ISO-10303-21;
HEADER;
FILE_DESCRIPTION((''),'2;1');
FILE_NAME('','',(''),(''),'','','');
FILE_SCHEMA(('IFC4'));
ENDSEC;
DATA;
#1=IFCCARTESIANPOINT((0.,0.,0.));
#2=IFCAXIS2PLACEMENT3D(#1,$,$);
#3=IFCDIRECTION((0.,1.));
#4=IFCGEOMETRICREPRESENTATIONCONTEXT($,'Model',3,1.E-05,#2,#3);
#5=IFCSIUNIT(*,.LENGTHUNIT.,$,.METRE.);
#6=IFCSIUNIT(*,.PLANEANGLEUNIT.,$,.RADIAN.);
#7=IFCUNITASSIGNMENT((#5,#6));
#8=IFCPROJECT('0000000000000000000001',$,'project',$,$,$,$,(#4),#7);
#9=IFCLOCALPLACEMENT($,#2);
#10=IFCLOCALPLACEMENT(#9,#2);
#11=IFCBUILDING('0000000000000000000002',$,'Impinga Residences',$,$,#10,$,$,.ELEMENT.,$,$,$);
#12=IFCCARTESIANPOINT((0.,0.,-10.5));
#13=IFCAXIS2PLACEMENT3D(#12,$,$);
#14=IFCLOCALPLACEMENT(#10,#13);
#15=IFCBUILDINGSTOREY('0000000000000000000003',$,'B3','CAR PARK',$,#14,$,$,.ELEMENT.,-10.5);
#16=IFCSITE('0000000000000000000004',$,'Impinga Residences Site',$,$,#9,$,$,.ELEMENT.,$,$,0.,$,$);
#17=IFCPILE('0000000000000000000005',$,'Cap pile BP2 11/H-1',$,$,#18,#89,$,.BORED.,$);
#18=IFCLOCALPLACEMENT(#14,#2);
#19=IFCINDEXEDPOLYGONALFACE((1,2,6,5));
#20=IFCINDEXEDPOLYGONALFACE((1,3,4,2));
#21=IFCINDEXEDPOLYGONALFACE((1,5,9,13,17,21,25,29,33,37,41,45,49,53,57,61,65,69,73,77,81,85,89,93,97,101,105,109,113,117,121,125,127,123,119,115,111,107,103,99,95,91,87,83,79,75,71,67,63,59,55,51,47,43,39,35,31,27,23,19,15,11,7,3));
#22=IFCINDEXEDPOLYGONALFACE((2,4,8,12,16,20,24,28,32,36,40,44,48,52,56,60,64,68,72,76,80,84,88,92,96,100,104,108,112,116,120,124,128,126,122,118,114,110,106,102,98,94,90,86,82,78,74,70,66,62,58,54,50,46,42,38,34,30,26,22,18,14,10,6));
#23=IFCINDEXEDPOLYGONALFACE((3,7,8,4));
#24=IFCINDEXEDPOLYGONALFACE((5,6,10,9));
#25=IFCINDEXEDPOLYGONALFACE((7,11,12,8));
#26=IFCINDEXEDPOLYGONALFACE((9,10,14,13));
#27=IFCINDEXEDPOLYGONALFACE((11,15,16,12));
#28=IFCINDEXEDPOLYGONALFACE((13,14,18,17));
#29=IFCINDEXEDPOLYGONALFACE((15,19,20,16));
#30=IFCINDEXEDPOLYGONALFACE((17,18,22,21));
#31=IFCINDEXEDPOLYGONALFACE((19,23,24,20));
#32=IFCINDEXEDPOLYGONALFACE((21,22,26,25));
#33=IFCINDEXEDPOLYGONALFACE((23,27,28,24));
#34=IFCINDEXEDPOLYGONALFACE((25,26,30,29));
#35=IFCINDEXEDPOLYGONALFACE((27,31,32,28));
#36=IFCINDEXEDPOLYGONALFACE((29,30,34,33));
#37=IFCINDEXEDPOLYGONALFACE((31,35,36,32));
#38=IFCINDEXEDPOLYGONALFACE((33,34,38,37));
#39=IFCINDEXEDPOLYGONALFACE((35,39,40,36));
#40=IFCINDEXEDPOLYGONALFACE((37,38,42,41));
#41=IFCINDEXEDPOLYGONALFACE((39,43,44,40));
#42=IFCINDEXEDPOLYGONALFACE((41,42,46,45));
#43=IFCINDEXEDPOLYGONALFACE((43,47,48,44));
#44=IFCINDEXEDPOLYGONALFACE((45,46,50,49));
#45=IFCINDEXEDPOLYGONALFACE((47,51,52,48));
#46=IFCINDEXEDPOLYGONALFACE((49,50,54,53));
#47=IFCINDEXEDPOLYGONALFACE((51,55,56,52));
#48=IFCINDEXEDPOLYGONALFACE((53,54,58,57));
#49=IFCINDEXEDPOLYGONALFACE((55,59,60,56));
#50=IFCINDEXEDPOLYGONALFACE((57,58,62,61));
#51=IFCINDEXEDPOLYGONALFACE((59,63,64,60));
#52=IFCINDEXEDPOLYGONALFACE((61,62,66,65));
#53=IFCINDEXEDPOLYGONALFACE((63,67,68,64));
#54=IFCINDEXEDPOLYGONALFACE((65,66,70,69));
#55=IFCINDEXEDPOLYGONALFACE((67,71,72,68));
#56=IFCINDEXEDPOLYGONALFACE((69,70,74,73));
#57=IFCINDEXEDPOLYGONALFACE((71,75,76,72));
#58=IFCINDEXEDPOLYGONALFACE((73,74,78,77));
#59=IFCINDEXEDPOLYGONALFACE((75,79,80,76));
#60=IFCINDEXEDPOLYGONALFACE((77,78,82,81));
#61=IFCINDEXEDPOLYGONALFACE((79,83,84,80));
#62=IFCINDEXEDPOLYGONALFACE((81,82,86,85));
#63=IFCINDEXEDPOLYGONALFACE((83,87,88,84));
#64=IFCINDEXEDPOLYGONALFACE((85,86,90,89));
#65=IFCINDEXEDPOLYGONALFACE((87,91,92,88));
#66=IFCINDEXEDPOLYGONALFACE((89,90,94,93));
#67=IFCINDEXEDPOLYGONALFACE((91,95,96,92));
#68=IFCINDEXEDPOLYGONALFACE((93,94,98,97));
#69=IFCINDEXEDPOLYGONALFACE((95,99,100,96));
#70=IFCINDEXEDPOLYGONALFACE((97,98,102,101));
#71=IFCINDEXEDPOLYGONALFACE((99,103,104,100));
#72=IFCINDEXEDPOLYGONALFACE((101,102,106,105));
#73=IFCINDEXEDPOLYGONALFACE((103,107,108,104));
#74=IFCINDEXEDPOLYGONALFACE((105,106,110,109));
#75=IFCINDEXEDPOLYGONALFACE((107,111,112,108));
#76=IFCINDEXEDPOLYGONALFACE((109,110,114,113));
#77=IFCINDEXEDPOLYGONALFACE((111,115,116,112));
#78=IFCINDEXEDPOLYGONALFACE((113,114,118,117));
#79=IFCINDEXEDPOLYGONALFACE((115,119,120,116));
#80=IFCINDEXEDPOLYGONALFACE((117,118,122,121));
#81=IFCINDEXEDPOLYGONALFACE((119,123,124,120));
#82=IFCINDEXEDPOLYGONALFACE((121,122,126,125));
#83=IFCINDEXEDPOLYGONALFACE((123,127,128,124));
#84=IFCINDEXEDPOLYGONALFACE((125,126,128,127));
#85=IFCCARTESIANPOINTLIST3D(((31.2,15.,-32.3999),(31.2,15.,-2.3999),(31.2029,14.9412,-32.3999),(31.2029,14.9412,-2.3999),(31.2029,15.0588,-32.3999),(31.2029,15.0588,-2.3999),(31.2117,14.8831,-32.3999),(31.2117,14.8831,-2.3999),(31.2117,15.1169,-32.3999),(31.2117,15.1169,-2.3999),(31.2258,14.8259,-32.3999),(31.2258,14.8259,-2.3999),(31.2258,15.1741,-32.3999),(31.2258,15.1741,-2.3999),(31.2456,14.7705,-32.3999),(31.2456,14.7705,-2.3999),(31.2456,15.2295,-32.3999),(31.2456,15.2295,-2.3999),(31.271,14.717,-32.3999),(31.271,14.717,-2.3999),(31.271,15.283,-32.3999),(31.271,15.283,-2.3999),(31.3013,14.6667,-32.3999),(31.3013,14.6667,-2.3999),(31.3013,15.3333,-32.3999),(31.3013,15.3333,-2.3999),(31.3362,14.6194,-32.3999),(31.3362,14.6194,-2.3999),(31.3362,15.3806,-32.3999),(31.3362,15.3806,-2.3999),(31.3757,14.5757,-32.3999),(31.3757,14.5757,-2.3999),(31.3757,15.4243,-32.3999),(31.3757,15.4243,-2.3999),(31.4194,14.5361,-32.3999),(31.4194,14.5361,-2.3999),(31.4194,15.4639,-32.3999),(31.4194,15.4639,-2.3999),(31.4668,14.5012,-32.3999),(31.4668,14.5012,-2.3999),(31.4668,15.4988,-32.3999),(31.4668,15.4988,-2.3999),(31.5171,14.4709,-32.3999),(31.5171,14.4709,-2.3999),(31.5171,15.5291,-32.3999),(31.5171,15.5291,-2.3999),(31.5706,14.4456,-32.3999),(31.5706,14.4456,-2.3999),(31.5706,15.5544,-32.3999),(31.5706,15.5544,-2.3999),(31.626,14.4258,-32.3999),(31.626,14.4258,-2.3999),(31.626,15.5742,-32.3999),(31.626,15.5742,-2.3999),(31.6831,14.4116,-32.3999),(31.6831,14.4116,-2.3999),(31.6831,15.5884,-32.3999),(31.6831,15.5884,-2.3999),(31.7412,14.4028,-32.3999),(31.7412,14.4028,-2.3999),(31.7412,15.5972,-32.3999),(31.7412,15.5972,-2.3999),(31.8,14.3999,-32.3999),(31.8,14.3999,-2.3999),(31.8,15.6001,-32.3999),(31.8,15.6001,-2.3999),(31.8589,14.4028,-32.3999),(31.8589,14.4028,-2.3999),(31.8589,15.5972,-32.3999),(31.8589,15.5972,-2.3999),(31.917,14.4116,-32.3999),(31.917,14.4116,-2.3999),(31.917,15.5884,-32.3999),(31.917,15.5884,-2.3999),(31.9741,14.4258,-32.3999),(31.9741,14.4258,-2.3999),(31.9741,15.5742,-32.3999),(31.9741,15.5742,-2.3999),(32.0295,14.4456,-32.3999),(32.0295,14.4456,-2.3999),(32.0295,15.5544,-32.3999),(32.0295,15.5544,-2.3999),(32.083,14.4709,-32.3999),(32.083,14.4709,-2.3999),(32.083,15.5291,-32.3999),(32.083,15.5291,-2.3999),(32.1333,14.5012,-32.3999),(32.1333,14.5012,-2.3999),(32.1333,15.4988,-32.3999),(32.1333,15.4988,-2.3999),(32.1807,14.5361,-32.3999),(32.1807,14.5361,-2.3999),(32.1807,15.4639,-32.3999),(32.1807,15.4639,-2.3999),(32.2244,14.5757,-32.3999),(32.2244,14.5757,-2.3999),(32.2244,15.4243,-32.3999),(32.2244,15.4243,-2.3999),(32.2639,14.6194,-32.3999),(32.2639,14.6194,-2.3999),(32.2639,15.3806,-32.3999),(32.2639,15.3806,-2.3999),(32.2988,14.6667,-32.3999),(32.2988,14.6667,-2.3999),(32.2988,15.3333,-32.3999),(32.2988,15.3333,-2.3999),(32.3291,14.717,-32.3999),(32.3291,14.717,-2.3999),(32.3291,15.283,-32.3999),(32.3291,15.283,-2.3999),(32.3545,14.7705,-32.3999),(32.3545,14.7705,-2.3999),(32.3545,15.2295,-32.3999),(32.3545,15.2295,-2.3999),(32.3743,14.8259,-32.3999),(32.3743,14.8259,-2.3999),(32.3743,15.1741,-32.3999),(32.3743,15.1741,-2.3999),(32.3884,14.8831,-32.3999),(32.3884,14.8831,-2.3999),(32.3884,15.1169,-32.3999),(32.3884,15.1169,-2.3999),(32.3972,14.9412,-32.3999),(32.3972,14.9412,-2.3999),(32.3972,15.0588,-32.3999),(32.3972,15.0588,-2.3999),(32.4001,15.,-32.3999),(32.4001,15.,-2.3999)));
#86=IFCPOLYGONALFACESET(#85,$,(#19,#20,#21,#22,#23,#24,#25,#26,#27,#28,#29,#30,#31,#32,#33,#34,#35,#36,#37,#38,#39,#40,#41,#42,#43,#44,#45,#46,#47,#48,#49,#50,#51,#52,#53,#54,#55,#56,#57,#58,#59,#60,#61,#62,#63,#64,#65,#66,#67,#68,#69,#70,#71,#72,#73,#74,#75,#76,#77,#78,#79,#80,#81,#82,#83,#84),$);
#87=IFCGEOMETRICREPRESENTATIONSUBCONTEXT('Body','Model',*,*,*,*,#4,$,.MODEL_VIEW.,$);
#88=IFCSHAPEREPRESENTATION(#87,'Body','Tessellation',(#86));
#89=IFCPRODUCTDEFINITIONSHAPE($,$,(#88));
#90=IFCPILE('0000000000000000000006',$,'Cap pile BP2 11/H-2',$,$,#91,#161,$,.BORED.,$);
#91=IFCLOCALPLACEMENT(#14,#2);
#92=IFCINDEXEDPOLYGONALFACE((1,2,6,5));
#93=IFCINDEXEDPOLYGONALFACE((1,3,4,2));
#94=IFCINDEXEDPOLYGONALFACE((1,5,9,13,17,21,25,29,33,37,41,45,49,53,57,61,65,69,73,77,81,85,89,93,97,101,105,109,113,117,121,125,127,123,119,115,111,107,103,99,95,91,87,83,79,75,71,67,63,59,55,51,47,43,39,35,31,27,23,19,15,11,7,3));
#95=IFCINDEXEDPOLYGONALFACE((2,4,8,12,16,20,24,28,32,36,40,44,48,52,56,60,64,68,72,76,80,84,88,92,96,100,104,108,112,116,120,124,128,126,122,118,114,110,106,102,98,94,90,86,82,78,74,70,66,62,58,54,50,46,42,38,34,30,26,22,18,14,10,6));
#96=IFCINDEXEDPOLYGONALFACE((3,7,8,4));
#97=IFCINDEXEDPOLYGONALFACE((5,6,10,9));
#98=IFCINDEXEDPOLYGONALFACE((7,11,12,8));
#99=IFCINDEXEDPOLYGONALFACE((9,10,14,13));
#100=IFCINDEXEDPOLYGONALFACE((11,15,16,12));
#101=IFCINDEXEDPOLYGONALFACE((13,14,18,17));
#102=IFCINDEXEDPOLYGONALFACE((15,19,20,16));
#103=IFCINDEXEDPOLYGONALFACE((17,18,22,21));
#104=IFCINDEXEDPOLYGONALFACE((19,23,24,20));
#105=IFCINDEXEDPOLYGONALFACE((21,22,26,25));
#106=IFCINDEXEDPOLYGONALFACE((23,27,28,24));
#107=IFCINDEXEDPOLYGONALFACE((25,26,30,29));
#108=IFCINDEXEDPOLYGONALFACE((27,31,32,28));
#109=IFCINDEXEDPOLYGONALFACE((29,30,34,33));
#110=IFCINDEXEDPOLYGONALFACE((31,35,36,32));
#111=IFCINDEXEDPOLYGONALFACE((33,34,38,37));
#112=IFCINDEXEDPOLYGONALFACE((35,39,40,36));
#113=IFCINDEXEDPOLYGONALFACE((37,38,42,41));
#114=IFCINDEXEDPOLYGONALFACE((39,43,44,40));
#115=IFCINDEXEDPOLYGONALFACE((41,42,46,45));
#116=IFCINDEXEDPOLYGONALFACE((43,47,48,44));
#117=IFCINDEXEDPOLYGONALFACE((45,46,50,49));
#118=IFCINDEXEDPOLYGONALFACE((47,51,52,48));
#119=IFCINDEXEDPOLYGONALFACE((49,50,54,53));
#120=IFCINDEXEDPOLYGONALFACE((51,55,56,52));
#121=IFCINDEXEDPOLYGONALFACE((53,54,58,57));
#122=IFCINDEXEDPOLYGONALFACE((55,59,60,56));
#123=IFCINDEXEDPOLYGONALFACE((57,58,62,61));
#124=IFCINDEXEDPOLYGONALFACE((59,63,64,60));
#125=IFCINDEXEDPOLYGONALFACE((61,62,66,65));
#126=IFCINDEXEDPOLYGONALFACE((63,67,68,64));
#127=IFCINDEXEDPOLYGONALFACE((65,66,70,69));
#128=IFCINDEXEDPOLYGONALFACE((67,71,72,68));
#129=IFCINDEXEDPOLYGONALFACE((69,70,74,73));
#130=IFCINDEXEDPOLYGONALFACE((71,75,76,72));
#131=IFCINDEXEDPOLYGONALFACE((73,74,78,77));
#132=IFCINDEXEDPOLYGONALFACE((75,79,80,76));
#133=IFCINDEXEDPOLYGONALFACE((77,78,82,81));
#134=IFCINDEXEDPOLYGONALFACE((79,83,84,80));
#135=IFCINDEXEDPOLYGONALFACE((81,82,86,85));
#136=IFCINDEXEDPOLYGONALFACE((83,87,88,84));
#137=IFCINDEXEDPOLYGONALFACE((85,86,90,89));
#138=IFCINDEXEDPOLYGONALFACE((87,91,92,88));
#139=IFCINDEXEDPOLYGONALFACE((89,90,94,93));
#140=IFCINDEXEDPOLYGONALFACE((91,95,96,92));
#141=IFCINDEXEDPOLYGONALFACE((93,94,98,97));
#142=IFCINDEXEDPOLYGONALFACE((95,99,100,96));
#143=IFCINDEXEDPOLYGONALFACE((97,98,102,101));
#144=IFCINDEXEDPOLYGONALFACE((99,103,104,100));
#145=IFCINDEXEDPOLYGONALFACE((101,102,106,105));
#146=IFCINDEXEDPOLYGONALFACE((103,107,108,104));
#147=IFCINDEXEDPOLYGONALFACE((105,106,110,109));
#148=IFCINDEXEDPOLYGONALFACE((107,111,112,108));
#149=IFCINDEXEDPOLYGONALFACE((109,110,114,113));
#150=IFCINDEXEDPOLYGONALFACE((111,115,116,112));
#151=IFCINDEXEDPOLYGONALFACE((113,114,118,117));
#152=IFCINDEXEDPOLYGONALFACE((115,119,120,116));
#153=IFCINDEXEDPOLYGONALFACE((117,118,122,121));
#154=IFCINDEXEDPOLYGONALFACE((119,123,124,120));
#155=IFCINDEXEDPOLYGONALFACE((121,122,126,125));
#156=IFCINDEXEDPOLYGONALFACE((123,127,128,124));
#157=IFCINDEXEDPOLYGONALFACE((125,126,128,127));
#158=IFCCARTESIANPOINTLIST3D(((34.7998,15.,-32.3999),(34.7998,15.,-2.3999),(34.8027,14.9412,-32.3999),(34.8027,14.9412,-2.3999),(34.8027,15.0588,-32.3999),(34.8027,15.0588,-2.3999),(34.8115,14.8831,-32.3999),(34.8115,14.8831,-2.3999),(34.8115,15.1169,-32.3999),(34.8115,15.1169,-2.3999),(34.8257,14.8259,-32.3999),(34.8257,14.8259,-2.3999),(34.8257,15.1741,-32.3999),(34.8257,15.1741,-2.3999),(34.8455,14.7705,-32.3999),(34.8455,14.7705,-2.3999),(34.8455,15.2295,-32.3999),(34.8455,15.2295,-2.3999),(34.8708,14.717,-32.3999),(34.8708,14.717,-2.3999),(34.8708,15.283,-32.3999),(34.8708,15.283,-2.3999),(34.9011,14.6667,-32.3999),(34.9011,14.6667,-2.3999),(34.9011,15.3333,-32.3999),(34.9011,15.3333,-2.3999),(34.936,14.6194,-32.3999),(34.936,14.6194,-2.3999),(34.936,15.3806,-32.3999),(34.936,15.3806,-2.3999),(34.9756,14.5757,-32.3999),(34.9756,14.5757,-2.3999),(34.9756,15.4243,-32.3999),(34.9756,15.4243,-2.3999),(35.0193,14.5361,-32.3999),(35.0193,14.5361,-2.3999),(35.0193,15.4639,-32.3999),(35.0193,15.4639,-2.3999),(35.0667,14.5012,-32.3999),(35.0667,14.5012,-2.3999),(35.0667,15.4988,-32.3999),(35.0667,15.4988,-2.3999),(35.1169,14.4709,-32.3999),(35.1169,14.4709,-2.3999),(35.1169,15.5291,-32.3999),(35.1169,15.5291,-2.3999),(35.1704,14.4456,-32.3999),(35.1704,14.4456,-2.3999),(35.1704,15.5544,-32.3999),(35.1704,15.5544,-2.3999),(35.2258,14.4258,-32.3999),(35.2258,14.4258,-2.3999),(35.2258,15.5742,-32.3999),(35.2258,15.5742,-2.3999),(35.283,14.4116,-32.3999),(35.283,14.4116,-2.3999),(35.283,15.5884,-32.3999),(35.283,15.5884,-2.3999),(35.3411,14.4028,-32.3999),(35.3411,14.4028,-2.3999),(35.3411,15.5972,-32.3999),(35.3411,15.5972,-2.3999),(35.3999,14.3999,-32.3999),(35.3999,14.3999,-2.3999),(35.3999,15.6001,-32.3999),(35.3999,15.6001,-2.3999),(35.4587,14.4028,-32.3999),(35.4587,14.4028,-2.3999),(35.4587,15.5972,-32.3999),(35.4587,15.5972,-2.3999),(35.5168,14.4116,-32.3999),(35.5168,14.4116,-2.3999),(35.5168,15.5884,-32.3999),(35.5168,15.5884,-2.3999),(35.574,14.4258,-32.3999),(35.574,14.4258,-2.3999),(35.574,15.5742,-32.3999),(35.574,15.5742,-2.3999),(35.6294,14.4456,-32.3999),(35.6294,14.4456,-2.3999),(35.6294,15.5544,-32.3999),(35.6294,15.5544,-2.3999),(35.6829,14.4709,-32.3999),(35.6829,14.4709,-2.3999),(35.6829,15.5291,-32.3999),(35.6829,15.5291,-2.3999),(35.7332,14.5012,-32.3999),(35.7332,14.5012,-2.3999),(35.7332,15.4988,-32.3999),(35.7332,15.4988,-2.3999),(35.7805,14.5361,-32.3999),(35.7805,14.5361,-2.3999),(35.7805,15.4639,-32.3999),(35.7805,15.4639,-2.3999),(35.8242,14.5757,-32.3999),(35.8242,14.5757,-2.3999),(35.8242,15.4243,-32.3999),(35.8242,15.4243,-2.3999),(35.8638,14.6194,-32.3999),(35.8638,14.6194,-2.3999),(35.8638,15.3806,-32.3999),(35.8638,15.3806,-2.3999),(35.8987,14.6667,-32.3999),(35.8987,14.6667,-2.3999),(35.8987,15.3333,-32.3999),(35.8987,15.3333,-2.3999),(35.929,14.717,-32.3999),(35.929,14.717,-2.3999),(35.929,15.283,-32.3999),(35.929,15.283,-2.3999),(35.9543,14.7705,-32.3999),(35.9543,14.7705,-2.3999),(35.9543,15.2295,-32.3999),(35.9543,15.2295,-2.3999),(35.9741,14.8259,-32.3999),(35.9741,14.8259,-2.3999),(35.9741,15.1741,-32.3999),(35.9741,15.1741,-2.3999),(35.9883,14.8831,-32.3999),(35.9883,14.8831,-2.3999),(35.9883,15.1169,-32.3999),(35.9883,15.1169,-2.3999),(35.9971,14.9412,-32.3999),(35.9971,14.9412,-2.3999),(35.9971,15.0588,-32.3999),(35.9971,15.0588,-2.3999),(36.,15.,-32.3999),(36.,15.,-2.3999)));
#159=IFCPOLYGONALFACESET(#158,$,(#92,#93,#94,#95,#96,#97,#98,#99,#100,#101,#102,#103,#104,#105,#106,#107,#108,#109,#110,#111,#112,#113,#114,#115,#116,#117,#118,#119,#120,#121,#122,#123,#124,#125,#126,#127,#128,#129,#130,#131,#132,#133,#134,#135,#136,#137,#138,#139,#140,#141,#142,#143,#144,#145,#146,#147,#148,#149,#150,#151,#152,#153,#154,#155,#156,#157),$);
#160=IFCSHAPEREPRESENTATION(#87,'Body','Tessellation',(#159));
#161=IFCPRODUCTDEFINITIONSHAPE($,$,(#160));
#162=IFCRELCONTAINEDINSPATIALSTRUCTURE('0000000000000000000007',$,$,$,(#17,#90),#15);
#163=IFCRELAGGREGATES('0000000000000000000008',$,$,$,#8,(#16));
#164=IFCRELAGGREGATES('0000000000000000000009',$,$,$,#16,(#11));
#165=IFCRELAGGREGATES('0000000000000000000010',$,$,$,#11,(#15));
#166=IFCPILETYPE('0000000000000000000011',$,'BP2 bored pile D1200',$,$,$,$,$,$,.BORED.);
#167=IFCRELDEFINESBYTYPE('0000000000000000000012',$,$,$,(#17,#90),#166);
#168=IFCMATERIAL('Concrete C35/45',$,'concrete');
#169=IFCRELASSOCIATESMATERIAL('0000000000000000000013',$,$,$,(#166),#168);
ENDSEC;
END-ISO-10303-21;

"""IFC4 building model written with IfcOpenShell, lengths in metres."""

from ifc_helpers import new_model, si_unit, direction, frame, origin, origin_2d, place, context, subcontext, project, spatial, polyline, circle, outline, extrude, material, material_profile, profile_set, type_object, element, save


model = new_model("IFC4")

# Units and contexts
model_context = context("Model", 3, precision=1e-05, world=origin(), true_north=direction((0.0, 1.0)))
body_context = subcontext(model_context, "Body", "Model", "MODEL_VIEW")
ifc_project = project(units=[si_unit("LENGTHUNIT", "METRE"), si_unit("PLANEANGLEUNIT", "RADIAN")], contexts=[model_context])

# Site, building, storey
site_placement = place(None, origin())
site = spatial("IfcSite", under=ifc_project, at=site_placement, Name="Impinga Residences Site", CompositionType="ELEMENT", RefElevation=0.0)
building_placement = place(site_placement, origin())
building = spatial("IfcBuilding", under=site, at=building_placement, Name="Impinga Residences", CompositionType="ELEMENT")
storey_placement = place(building_placement, frame((0.0, 0.0, -10.5)))
storey = spatial("IfcBuildingStorey", under=building, at=storey_placement, Name="B3", Description="CAR PARK", CompositionType="ELEMENT", Elevation=-10.5)

# Piles
ifc_material_1 = material(Name="Concrete C35/45", Category="concrete")
ifc_material_profile_1 = material_profile(ifc_material_1, circle(Radius=0.6001, at=origin_2d()), Name="D1200")
ifc_profile_set_1 = profile_set([ifc_material_profile_1], Name="Concrete C35/45")
pile_type = type_object("IfcPileType", Name="BP2 bored pile D1200", PredefinedType="BORED", material=ifc_profile_set_1)
pile_1_placement = place(storey_placement, frame((31.8, 15.0, -2.3999), z_axis=(0.0, 0.0, -1.0), x_axis=(1.0, 0.0, 0.0)))
element("IfcPile", 1, at=pile_1_placement, inside=storey, type_object=pile_type, Name="Cap pile BP2 11/H-1", PredefinedType="BORED", context=body_context, shape_type="SweptSolid", body=[
    extrude(outline(polyline([(0.6001, 0.0), (0.5972, 0.0588), (0.5884, 0.1169), (0.5742, 0.1741), (0.5544, 0.2295), (0.5291, 0.283), (0.4988, 0.3333), (0.4639, 0.3806), (0.4243, 0.4243), (0.3806, 0.4639), (0.3333, 0.4988), (0.283, 0.5291), (0.2295, 0.5544), (0.1741, 0.5742), (0.1169, 0.5884), (0.0588, 0.5972), (0.0, 0.6001), (-0.0588, 0.5972), (-0.1169, 0.5884), (-0.1741, 0.5742), (-0.2295, 0.5544), (-0.283, 0.5291), (-0.3333, 0.4988), (-0.3806, 0.4639), (-0.4243, 0.4243), (-0.4639, 0.3806), (-0.4988, 0.3333), (-0.5291, 0.283), (-0.5544, 0.2295), (-0.5742, 0.1741), (-0.5884, 0.1169), (-0.5972, 0.0588), (-0.6001, 0.0), (-0.5972, -0.0588), (-0.5884, -0.1169), (-0.5742, -0.1741), (-0.5544, -0.2295), (-0.5291, -0.283), (-0.4988, -0.3333), (-0.4639, -0.3806), (-0.4243, -0.4243), (-0.3806, -0.4639), (-0.3333, -0.4988), (-0.283, -0.5291), (-0.2295, -0.5544), (-0.1741, -0.5742), (-0.1169, -0.5884), (-0.0588, -0.5972), (0.0, -0.6001), (0.0588, -0.5972), (0.1169, -0.5884), (0.1741, -0.5742), (0.2295, -0.5544), (0.283, -0.5291), (0.3333, -0.4988), (0.3806, -0.4639), (0.4243, -0.4243), (0.4639, -0.3806), (0.4988, -0.3333), (0.5291, -0.283), (0.5544, -0.2295), (0.5742, -0.1741), (0.5884, -0.1169), (0.5972, -0.0588), (0.6001, 0.0)])), origin(), (0.0, 0.0, 1.0), 30.0),
])
pile_2_placement = place(storey_placement, frame((35.3999, 15.0, -2.3999), z_axis=(0.0, 0.0, -1.0), x_axis=(1.0, 0.0, 0.0)))
element("IfcPile", 2, at=pile_2_placement, inside=storey, type_object=pile_type, Name="Cap pile BP2 11/H-2", PredefinedType="BORED", context=body_context, shape_type="SweptSolid", body=[
    extrude(outline(polyline([(0.6001, 0.0), (0.5972, 0.0588), (0.5884, 0.1169), (0.5742, 0.1741), (0.5544, 0.2295), (0.5291, 0.283), (0.4988, 0.3333), (0.4639, 0.3806), (0.4243, 0.4243), (0.3806, 0.4639), (0.3333, 0.4988), (0.283, 0.5291), (0.2295, 0.5544), (0.1741, 0.5742), (0.1169, 0.5884), (0.0588, 0.5972), (0.0, 0.6001), (-0.0588, 0.5972), (-0.1169, 0.5884), (-0.1741, 0.5742), (-0.2295, 0.5544), (-0.283, 0.5291), (-0.3333, 0.4988), (-0.3806, 0.4639), (-0.4243, 0.4243), (-0.4639, 0.3806), (-0.4988, 0.3333), (-0.5291, 0.283), (-0.5544, 0.2295), (-0.5742, 0.1741), (-0.5884, 0.1169), (-0.5972, 0.0588), (-0.6001, 0.0), (-0.5972, -0.0588), (-0.5884, -0.1169), (-0.5742, -0.1741), (-0.5544, -0.2295), (-0.5291, -0.283), (-0.4988, -0.3333), (-0.4639, -0.3806), (-0.4243, -0.4243), (-0.3806, -0.4639), (-0.3333, -0.4988), (-0.283, -0.5291), (-0.2295, -0.5544), (-0.1741, -0.5742), (-0.1169, -0.5884), (-0.0588, -0.5972), (0.0, -0.6001), (0.0588, -0.5972), (0.1169, -0.5884), (0.1741, -0.5742), (0.2295, -0.5544), (0.283, -0.5291), (0.3333, -0.4988), (0.3806, -0.4639), (0.4243, -0.4243), (0.4639, -0.3806), (0.4988, -0.3333), (0.5291, -0.283), (0.5544, -0.2295), (0.5742, -0.1741), (0.5884, -0.1169), (0.5972, -0.0588), (0.6001, 0.0)])), origin(), (0.0, 0.0, 1.0), 30.0),
])

save(model, "model.ifc")
